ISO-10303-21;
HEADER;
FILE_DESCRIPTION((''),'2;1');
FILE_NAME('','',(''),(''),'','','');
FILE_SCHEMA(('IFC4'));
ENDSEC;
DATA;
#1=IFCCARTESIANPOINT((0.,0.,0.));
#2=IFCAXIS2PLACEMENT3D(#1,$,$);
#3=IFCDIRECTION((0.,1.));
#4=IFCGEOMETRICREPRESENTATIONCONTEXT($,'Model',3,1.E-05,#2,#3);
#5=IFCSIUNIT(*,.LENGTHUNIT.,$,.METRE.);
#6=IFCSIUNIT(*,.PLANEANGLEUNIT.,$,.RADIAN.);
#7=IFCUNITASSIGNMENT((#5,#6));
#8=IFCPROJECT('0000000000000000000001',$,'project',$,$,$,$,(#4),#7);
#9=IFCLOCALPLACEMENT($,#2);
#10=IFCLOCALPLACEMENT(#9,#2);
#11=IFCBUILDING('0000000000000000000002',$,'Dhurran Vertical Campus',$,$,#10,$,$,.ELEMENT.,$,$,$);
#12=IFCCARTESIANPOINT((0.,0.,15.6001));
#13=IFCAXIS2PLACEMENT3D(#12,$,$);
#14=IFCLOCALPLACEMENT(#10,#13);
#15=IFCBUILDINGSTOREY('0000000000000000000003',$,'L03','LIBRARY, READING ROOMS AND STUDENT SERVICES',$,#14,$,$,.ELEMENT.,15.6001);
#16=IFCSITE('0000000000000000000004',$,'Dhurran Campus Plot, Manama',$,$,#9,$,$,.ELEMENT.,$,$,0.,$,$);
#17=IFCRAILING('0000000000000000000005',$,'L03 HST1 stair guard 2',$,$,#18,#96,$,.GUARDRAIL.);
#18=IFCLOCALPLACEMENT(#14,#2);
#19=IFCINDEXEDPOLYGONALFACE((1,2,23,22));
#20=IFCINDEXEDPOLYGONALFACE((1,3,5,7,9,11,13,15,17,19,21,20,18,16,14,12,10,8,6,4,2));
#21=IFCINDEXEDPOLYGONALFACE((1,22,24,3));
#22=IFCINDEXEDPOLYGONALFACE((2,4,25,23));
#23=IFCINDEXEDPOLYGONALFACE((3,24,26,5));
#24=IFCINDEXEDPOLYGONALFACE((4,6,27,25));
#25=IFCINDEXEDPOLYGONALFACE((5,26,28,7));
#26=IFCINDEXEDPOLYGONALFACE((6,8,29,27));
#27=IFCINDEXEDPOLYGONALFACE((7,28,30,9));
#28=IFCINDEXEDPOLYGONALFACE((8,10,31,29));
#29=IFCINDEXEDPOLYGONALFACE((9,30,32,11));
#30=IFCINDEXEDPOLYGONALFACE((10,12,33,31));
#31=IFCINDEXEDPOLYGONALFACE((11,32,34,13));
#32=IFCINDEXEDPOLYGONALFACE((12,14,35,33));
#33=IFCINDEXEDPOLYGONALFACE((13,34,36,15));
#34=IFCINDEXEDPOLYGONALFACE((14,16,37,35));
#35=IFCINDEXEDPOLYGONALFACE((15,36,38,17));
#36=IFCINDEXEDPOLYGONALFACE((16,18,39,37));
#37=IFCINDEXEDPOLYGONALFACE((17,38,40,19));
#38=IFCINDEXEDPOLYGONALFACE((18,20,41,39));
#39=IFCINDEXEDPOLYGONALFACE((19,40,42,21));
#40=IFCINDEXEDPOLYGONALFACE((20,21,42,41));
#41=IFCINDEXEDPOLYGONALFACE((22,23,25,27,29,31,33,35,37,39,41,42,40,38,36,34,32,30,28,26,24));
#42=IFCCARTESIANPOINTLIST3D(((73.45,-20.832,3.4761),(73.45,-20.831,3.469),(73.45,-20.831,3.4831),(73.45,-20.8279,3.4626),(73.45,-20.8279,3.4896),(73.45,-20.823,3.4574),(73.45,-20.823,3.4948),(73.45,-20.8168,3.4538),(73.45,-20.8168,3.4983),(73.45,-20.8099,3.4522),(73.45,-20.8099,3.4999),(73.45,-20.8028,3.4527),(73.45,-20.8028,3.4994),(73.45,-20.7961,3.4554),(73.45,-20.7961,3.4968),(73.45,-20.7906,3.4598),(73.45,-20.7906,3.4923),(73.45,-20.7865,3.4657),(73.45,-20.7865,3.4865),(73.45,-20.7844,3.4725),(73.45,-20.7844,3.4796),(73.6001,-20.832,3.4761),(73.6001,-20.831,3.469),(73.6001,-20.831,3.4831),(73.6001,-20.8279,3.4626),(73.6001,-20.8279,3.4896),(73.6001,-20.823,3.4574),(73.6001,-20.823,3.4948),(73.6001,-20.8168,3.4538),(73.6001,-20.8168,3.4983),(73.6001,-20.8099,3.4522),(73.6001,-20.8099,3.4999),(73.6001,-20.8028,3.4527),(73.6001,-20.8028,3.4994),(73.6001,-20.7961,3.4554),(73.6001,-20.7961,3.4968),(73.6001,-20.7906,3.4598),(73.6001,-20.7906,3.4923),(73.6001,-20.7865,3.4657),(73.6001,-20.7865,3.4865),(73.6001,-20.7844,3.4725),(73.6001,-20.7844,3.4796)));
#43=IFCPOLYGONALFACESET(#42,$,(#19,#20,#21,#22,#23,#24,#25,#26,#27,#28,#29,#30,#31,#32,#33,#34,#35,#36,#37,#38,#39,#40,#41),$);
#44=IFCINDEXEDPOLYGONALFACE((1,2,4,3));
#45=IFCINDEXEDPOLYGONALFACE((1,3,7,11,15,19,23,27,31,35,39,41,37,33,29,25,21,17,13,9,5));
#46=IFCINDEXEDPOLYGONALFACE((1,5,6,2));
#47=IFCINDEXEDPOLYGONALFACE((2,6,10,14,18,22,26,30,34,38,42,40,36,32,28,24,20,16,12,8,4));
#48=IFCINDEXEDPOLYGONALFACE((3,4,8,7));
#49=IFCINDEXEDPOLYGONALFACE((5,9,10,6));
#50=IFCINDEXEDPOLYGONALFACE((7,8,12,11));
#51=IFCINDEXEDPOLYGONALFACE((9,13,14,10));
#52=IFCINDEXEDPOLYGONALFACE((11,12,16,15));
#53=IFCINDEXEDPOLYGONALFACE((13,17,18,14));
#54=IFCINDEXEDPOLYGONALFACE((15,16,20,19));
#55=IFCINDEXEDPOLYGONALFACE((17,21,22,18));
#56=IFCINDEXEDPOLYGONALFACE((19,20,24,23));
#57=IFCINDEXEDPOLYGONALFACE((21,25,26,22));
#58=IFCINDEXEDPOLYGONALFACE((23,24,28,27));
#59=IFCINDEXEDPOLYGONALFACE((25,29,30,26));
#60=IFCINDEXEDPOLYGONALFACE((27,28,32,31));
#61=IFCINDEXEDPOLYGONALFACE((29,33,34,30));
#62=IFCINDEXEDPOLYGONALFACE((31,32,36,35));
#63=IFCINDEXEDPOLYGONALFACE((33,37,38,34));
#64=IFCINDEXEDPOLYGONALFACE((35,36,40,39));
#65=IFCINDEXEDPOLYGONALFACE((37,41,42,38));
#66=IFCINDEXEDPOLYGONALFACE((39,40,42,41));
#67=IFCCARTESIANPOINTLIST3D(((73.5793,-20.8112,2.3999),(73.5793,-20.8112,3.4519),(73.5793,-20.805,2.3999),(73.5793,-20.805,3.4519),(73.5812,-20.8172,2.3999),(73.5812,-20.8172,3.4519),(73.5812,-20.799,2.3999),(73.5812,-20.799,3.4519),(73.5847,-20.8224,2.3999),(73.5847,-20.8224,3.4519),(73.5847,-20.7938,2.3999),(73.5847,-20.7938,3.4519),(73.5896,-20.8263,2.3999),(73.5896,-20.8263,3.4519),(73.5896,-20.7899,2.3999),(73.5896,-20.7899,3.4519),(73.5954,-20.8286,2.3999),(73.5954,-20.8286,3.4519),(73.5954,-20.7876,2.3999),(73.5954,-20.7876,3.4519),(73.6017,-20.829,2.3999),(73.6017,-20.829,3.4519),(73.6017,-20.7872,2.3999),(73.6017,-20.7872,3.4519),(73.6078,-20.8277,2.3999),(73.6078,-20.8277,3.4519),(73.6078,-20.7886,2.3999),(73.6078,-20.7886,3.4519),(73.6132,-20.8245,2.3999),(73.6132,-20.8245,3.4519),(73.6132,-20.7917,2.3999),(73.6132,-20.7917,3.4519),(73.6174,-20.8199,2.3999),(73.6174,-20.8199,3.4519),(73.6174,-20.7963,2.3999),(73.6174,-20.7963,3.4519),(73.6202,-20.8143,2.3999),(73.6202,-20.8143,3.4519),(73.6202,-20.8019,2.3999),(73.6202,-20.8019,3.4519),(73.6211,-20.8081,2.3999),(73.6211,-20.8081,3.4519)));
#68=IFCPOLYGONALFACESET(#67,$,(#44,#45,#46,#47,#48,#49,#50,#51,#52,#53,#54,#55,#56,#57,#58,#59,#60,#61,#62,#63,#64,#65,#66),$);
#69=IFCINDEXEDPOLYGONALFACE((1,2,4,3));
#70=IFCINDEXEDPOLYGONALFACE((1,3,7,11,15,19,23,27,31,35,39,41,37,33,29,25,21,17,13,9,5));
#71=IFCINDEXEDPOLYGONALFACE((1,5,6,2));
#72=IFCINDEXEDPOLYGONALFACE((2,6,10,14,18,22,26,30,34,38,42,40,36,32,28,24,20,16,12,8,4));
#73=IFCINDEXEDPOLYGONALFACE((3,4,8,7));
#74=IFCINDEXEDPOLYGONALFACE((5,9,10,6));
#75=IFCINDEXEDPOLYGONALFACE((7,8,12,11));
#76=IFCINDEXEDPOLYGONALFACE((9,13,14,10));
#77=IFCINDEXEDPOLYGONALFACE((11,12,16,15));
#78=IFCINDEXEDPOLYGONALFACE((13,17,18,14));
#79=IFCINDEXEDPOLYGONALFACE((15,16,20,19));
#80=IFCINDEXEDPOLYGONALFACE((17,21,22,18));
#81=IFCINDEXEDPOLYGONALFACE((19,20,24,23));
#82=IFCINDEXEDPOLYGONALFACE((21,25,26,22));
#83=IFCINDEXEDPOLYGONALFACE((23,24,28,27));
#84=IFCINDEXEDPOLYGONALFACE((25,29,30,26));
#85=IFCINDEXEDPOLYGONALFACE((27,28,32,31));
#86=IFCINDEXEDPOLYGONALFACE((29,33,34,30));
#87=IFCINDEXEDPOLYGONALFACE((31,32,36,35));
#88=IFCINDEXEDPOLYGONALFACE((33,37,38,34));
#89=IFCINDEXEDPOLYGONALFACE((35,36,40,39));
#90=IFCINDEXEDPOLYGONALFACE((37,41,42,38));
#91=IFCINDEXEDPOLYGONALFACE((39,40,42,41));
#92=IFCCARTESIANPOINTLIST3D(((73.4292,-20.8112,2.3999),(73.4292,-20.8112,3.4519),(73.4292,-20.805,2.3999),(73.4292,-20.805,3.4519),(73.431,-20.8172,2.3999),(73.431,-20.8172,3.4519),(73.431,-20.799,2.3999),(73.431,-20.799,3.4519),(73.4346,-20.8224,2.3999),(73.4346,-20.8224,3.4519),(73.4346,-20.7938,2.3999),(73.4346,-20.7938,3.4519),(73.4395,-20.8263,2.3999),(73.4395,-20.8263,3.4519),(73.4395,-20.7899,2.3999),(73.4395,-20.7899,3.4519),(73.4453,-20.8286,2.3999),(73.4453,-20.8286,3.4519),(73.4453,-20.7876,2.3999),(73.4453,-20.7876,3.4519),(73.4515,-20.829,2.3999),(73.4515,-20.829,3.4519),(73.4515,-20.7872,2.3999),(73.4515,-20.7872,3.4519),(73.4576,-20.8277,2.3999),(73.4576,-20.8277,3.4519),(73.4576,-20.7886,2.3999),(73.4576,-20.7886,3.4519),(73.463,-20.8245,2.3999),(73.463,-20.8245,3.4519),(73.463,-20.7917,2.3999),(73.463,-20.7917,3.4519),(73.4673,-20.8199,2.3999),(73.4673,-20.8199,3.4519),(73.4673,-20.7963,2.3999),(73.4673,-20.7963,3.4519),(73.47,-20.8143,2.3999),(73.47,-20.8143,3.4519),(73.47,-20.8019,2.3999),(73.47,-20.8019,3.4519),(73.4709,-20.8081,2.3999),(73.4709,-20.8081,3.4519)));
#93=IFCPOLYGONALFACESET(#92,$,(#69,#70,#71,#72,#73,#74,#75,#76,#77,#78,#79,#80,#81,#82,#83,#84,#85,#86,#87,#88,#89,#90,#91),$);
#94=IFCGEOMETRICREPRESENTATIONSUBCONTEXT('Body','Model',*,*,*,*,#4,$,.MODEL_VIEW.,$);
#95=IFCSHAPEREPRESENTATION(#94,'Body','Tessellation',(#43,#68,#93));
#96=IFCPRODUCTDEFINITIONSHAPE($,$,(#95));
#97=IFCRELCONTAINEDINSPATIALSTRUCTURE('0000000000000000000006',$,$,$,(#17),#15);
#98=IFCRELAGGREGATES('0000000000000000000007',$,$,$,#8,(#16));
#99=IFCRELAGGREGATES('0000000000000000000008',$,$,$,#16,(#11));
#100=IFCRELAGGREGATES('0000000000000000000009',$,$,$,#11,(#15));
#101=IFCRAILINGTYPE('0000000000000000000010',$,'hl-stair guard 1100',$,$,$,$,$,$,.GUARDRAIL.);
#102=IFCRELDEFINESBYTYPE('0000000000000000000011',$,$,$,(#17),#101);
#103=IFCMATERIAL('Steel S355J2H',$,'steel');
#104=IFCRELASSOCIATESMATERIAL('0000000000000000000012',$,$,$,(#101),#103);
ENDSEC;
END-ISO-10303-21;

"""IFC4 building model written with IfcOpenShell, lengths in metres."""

from ifc_helpers import new_model, si_unit, direction, frame, origin, origin_2d, place, context, subcontext, project, spatial, circle, extrude, material, type_object, element, save


model = new_model("IFC4")

# Units and contexts
model_context = context("Model", 3, precision=1e-05, world=origin(), true_north=direction((0.0, 1.0)))
body_context = subcontext(model_context, "Body", "Model", "MODEL_VIEW")
ifc_project = project(units=[si_unit("LENGTHUNIT", "METRE"), si_unit("PLANEANGLEUNIT", "RADIAN")], contexts=[model_context])

# Site, building, storey
site_placement = place(None, origin())
site = spatial("IfcSite", under=ifc_project, at=site_placement, Name="Dhurran Campus Plot, Manama", CompositionType="ELEMENT", RefElevation=0.0)
building_placement = place(site_placement, origin())
building = spatial("IfcBuilding", under=site, at=building_placement, Name="Dhurran Vertical Campus", CompositionType="ELEMENT")
storey_placement = place(building_placement, frame((0.0, 0.0, 15.6001)))
storey = spatial("IfcBuildingStorey", under=building, at=storey_placement, Name="L03", Description="LIBRARY, READING ROOMS AND STUDENT SERVICES", CompositionType="ELEMENT", Elevation=15.6001)

# Railing
ifc_material_1 = material(Name="Steel S355J2H", Category="steel")
railing_type_1 = type_object("IfcRailingType", Name="hl-stair guard 1100", PredefinedType="GUARDRAIL", material=ifc_material_1)
railing_1_placement = place(storey_placement, frame((73.6001, -20.8081, 2.3999)))
element("IfcRailing", 1, at=railing_1_placement, inside=storey, type_object=railing_type_1, Name="L03 HST1 stair guard 2", PredefinedType="GUARDRAIL", context=body_context, shape_type="SweptSolid", body=[
    extrude(circle(Radius=0.0239, at=origin_2d()), frame((0.0, 0.0, 1.0762), z_axis=(-1.0, 0.0, 0.0), x_axis=(0.0, -1.0, 0.0)), (0.0, 0.0, 1.0), 0.1501),
    extrude(circle(Radius=0.021, at=origin_2d()), origin(), (0.0, 0.0, 1.0), 1.052),
    extrude(circle(Radius=0.021, at=origin_2d()), frame((-0.1501, 0.0, 0.0)), (0.0, 0.0, 1.0), 1.052),
])

save(model, "model.ifc")
